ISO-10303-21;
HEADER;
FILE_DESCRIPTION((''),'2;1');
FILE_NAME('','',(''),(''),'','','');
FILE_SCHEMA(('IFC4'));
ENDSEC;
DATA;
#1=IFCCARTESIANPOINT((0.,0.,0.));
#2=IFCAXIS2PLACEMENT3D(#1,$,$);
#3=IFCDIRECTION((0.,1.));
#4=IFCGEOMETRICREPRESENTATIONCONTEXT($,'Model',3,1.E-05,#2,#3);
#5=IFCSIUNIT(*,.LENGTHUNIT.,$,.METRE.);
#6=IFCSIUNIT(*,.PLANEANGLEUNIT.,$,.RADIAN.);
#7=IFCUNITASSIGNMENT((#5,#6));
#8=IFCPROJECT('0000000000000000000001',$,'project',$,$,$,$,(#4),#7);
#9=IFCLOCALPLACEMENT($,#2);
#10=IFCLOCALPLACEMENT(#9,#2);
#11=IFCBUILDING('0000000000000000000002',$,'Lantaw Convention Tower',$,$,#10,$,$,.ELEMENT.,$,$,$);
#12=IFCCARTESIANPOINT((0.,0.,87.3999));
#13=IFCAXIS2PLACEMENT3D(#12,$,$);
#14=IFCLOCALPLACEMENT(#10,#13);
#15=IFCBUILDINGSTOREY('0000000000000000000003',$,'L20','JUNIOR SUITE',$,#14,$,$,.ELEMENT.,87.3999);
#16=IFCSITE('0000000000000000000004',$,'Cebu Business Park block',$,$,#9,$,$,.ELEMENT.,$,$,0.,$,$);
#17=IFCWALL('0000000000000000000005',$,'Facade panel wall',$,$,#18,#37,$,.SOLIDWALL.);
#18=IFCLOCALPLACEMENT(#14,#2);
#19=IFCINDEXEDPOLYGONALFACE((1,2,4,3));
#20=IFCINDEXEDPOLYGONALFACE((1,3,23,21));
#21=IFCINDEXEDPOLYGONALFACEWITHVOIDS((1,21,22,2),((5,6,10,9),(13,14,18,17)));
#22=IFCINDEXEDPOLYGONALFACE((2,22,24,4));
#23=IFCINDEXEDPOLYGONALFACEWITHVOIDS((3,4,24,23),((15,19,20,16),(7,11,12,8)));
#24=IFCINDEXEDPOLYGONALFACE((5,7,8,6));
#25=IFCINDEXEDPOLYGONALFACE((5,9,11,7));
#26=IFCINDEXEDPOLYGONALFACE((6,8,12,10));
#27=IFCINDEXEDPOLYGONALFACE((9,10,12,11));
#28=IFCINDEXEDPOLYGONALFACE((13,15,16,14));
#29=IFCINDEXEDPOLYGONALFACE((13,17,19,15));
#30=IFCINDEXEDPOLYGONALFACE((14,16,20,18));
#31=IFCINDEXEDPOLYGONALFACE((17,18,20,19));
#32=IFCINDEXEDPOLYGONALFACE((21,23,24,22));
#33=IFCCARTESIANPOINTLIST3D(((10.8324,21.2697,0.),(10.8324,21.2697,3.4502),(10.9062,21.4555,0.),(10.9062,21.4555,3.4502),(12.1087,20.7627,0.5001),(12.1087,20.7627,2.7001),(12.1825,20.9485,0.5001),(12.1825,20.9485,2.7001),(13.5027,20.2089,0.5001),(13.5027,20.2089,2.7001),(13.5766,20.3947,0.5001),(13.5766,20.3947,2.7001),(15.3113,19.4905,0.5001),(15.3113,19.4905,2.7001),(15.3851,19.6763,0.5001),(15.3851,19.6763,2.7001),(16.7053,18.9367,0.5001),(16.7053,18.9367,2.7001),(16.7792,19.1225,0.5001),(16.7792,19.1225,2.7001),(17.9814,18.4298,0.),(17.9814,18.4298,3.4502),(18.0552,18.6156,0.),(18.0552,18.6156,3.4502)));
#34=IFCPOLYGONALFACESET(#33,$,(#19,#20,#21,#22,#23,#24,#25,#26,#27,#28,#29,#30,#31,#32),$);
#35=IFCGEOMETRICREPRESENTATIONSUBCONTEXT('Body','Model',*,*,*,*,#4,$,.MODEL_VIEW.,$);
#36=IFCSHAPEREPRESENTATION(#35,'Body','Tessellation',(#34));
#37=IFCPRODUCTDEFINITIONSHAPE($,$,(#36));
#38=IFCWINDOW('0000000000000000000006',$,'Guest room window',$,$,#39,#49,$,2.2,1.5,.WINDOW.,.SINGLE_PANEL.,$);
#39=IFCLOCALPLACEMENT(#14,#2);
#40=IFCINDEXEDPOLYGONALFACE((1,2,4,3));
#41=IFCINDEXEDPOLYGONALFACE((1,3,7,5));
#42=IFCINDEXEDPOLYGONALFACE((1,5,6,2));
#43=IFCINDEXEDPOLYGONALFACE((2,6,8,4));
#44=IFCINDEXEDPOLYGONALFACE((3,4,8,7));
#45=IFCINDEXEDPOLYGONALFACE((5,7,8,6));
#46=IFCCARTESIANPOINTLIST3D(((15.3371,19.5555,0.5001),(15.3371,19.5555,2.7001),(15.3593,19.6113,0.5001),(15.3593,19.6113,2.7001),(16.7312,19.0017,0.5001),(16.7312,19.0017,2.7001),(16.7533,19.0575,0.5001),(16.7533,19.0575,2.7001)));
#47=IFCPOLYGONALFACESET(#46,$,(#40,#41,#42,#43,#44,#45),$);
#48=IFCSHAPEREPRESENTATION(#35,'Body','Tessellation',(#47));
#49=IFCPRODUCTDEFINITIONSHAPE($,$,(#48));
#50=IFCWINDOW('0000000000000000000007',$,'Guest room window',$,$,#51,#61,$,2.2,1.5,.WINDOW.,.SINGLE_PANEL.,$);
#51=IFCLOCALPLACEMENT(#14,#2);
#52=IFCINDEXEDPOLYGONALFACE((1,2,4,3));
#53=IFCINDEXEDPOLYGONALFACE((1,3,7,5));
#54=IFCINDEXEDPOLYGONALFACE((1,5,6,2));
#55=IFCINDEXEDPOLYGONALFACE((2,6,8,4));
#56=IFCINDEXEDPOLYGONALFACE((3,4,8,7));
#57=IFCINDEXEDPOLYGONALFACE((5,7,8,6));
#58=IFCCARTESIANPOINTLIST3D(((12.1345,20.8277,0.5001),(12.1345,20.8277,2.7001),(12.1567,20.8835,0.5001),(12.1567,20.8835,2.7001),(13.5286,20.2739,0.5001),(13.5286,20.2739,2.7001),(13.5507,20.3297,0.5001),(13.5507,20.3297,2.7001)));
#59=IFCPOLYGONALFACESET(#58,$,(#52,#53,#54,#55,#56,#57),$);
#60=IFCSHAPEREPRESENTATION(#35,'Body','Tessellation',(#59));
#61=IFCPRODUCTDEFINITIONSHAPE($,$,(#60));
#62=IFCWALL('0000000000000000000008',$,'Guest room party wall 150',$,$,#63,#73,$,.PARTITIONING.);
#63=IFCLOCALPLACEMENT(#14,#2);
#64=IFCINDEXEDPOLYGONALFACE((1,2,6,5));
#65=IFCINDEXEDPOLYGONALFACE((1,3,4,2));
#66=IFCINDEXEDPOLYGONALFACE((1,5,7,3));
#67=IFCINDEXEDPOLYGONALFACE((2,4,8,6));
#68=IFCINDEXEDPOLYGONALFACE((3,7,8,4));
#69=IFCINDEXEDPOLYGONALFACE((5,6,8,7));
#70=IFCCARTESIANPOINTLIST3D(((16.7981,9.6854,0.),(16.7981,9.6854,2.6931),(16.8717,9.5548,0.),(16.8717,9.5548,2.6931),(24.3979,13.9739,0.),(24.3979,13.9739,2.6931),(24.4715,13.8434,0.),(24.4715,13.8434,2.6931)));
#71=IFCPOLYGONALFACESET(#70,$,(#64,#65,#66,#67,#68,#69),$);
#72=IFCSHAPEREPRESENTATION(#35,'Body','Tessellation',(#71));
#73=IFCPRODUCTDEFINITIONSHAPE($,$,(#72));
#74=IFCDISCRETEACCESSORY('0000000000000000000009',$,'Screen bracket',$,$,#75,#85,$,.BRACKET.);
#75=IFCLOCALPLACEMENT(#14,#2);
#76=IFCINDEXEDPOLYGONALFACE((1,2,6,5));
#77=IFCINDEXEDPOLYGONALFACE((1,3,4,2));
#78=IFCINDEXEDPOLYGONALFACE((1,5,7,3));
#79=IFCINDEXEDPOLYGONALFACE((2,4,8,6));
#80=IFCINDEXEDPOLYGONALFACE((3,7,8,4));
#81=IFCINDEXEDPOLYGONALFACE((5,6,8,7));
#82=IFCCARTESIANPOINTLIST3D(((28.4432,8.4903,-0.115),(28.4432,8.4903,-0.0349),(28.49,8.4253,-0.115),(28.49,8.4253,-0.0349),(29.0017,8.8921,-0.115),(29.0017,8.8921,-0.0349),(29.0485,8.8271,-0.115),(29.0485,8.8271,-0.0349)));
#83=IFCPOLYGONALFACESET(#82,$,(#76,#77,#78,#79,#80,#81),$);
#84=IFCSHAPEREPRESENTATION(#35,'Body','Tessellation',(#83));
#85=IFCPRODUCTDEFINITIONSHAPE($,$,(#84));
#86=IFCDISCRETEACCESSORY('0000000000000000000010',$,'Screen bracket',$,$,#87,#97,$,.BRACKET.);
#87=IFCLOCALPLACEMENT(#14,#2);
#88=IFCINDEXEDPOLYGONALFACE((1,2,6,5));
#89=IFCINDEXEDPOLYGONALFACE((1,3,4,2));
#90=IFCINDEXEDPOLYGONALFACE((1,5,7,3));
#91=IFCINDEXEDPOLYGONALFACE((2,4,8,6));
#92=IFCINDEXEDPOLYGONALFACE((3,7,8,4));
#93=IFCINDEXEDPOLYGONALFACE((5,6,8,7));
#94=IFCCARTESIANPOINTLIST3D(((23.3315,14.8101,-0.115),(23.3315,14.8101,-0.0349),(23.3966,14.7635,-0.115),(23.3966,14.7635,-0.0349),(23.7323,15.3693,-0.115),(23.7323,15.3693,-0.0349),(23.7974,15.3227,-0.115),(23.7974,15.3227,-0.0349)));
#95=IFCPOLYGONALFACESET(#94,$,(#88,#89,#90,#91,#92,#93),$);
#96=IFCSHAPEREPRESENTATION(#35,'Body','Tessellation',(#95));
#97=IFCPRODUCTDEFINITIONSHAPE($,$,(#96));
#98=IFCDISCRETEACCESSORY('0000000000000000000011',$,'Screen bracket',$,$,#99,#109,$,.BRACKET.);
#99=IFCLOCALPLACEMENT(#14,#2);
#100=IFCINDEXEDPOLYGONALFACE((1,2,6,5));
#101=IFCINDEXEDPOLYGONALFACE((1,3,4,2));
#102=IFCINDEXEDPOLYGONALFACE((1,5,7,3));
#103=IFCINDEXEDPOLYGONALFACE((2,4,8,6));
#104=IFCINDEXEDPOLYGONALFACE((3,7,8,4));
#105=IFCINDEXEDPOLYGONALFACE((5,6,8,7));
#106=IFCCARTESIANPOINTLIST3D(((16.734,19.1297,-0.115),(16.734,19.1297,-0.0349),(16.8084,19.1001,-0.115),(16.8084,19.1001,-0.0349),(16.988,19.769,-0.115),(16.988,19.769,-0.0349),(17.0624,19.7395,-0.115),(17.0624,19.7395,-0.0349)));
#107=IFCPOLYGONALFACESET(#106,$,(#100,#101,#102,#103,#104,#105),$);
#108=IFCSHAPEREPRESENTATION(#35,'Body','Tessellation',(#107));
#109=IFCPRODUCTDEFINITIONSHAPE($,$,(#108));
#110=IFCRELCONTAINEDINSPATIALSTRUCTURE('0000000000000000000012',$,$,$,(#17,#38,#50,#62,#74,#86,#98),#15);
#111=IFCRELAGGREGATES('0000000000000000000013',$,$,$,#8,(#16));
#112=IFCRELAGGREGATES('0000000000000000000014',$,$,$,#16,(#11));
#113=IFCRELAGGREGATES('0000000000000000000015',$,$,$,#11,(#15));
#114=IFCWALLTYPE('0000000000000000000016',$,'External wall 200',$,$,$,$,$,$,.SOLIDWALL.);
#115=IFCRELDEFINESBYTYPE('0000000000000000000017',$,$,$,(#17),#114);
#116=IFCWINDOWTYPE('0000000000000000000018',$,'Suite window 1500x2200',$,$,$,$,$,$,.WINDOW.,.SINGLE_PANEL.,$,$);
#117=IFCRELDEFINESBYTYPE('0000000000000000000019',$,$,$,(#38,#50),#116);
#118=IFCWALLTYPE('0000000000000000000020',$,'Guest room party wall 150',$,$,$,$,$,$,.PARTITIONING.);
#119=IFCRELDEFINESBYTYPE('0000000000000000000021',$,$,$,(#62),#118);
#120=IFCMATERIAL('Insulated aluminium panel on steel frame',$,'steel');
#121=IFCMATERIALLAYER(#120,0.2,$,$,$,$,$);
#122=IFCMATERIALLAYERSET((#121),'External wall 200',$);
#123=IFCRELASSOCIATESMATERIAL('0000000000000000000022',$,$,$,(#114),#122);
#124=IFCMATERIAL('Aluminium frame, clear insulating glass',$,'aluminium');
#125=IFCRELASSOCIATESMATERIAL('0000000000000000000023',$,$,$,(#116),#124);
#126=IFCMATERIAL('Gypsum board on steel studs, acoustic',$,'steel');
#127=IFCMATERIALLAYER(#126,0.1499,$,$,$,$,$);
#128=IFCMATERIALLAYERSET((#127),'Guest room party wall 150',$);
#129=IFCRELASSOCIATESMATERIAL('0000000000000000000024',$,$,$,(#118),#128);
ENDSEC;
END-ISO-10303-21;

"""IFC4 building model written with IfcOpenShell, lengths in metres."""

from ifc_helpers import new_model, si_unit, direction, frame, frame_2d, origin, origin_2d, place, context, subcontext, project, spatial, rectangle, extrude, material, layer, layer_set, type_object, element, fill, save


model = new_model("IFC4")

# Units and contexts
model_context = context("Model", 3, precision=1e-05, world=origin(), true_north=direction((0.0, 1.0)))
body_context = subcontext(model_context, "Body", "Model", "MODEL_VIEW")
ifc_project = project(units=[si_unit("LENGTHUNIT", "METRE"), si_unit("PLANEANGLEUNIT", "RADIAN")], contexts=[model_context])

# Site, building, storey
site_placement = place(None, origin())
site = spatial("IfcSite", under=ifc_project, at=site_placement, Name="Cebu Business Park block", CompositionType="ELEMENT", RefElevation=0.0)
building_placement = place(site_placement, origin())
building = spatial("IfcBuilding", under=site, at=building_placement, Name="Lantaw Convention Tower", CompositionType="ELEMENT")
storey_placement = place(building_placement, frame((0.0, 0.0, 87.3999)))
storey = spatial("IfcBuildingStorey", under=building, at=storey_placement, Name="L20", Description="JUNIOR SUITE", CompositionType="ELEMENT", Elevation=87.3999)

# Wall, openings, windows
ifc_material_1 = material(Name="Insulated aluminium panel on steel frame", Category="steel")
ifc_layer_1 = layer(ifc_material_1, 0.2)
ifc_layer_set_1 = layer_set([ifc_layer_1], Name="External wall 200")
wall_type_1 = type_object("IfcWallType", Name="External wall 200", PredefinedType="SOLIDWALL", material=ifc_layer_set_1)
ifc_material_2 = material(Name="Aluminium frame, clear insulating glass", Category="aluminium")
window_type = type_object("IfcWindowType", Name="Suite window 1500x2200", PartitioningType="SINGLE_PANEL", PredefinedType="WINDOW", material=ifc_material_2)
wall_1_placement = place(storey_placement, frame((18.0183, 18.5227, 0.0), z_axis=(0.0, 0.0, 1.0), x_axis=(-0.929358, 0.369179, 0.0)))
wall_1 = element("IfcWall", 1, at=wall_1_placement, inside=storey, type_object=wall_type_1, Name="Facade panel wall", PredefinedType="SOLIDWALL", context=body_context, shape_type="SweptSolid", body=[
    extrude(rectangle(XDim=7.6924, YDim=0.2, at=frame_2d((3.8462, 0.0))), origin(), (0.0, 0.0, 1.0), 3.4502),
])
opening_1_placement = place(wall_1_placement, frame((1.373, 0.0, 0.5)))
opening_1 = element("IfcOpeningElement", 2, at=opening_1_placement, cuts=wall_1, PredefinedType="OPENING", context=body_context, shape_type="SweptSolid", body=[
    extrude(rectangle(XDim=1.5, YDim=2.2, at=frame_2d((0.75, 1.1001))), frame((0.0, 0.1099, 0.0), z_axis=(0.0, -1.0, 0.0), x_axis=(1.0, 0.0, 0.0)), (0.0, 0.0, 1.0), 0.22),
])
opening_2_placement = place(wall_1_placement, frame((4.8191, 0.0, 0.5)))
opening_2 = element("IfcOpeningElement", 3, at=opening_2_placement, cuts=wall_1, PredefinedType="OPENING", context=body_context, shape_type="SweptSolid", body=[
    extrude(rectangle(XDim=1.5, YDim=2.2, at=frame_2d((0.75, 1.1001))), frame((0.0, 0.1099, 0.0), z_axis=(0.0, -1.0, 0.0), x_axis=(1.0, 0.0, 0.0)), (0.0, 0.0, 1.0), 0.22),
])
window_1_placement = place(opening_1_placement, origin())
window_1 = element("IfcWindow", 4, at=window_1_placement, inside=storey, type_object=window_type, Name="Guest room window", OverallHeight=2.2, OverallWidth=1.5, PartitioningType="SINGLE_PANEL", PredefinedType="WINDOW", context=body_context, shape_type="SweptSolid", body=[
    extrude(rectangle(XDim=1.5, YDim=2.2, at=frame_2d((0.75, 1.1001))), frame((0.0, 0.03, 0.0), z_axis=(0.0, -1.0, 0.0), x_axis=(1.0, 0.0, 0.0)), (0.0, 0.0, 1.0), 0.0601),
])
fill(opening_1, window_1)
window_2_placement = place(opening_2_placement, origin())
window_2 = element("IfcWindow", 5, at=window_2_placement, inside=storey, type_object=window_type, Name="Guest room window", OverallHeight=2.2, OverallWidth=1.5, PartitioningType="SINGLE_PANEL", PredefinedType="WINDOW", context=body_context, shape_type="SweptSolid", body=[
    extrude(rectangle(XDim=1.5, YDim=2.2, at=frame_2d((0.75, 1.1001))), frame((0.0, 0.03, 0.0), z_axis=(0.0, -1.0, 0.0), x_axis=(1.0, 0.0, 0.0)), (0.0, 0.0, 1.0), 0.0601),
])
fill(opening_2, window_2)

# Wall
ifc_material_3 = material(Name="Gypsum board on steel studs, acoustic", Category="steel")
ifc_layer_2 = layer(ifc_material_3, 0.1499)
ifc_layer_set_2 = layer_set([ifc_layer_2], Name="Guest room party wall 150")
wall_type_2 = type_object("IfcWallType", Name="Guest room party wall 150", PredefinedType="PARTITIONING", material=ifc_layer_set_2)
wall_2_placement = place(storey_placement, frame((24.4348, 13.9087, 0.0), z_axis=(0.0, 0.0, 1.0), x_axis=(-0.870906, -0.49145, 0.0)))
element("IfcWall", 6, at=wall_2_placement, inside=storey, type_object=wall_type_2, Name="Guest room party wall 150", PredefinedType="PARTITIONING", context=body_context, shape_type="SweptSolid", body=[
    extrude(rectangle(XDim=8.7263, YDim=0.1499, at=frame_2d((4.3633, 0.0))), origin(), (0.0, 0.0, 1.0), 2.6931),
])

# Discrete accessories
for number, where, z_axis, x_axis, name in (
    (7, (28.7458, 8.6587, -0.115), (0.0, 0.0, 1.0), (-0.583951, 0.811789, 0.0), "Screen bracket"),
    (8, (23.5645, 15.0664, -0.115), (0.0, 0.0, 1.0), (-0.812804, 0.582538, 0.0), "Screen bracket"),
    (9, (16.8982, 19.4346, -0.115), (0.0, 0.0, 1.0), (-0.929361, 0.369172, 0.0), "Screen bracket"),
):
    element("IfcDiscreteAccessory", number, at=place(storey_placement, frame(where, z_axis=z_axis, x_axis=x_axis)), inside=storey, Name=name, PredefinedType="BRACKET", context=body_context, shape_type="SweptSolid", body=[
        extrude(rectangle(XDim=0.0801, YDim=0.688, at=origin_2d()), origin(), (0.0, 0.0, 1.0), 0.0801),
    ])

save(model, "model.ifc")
